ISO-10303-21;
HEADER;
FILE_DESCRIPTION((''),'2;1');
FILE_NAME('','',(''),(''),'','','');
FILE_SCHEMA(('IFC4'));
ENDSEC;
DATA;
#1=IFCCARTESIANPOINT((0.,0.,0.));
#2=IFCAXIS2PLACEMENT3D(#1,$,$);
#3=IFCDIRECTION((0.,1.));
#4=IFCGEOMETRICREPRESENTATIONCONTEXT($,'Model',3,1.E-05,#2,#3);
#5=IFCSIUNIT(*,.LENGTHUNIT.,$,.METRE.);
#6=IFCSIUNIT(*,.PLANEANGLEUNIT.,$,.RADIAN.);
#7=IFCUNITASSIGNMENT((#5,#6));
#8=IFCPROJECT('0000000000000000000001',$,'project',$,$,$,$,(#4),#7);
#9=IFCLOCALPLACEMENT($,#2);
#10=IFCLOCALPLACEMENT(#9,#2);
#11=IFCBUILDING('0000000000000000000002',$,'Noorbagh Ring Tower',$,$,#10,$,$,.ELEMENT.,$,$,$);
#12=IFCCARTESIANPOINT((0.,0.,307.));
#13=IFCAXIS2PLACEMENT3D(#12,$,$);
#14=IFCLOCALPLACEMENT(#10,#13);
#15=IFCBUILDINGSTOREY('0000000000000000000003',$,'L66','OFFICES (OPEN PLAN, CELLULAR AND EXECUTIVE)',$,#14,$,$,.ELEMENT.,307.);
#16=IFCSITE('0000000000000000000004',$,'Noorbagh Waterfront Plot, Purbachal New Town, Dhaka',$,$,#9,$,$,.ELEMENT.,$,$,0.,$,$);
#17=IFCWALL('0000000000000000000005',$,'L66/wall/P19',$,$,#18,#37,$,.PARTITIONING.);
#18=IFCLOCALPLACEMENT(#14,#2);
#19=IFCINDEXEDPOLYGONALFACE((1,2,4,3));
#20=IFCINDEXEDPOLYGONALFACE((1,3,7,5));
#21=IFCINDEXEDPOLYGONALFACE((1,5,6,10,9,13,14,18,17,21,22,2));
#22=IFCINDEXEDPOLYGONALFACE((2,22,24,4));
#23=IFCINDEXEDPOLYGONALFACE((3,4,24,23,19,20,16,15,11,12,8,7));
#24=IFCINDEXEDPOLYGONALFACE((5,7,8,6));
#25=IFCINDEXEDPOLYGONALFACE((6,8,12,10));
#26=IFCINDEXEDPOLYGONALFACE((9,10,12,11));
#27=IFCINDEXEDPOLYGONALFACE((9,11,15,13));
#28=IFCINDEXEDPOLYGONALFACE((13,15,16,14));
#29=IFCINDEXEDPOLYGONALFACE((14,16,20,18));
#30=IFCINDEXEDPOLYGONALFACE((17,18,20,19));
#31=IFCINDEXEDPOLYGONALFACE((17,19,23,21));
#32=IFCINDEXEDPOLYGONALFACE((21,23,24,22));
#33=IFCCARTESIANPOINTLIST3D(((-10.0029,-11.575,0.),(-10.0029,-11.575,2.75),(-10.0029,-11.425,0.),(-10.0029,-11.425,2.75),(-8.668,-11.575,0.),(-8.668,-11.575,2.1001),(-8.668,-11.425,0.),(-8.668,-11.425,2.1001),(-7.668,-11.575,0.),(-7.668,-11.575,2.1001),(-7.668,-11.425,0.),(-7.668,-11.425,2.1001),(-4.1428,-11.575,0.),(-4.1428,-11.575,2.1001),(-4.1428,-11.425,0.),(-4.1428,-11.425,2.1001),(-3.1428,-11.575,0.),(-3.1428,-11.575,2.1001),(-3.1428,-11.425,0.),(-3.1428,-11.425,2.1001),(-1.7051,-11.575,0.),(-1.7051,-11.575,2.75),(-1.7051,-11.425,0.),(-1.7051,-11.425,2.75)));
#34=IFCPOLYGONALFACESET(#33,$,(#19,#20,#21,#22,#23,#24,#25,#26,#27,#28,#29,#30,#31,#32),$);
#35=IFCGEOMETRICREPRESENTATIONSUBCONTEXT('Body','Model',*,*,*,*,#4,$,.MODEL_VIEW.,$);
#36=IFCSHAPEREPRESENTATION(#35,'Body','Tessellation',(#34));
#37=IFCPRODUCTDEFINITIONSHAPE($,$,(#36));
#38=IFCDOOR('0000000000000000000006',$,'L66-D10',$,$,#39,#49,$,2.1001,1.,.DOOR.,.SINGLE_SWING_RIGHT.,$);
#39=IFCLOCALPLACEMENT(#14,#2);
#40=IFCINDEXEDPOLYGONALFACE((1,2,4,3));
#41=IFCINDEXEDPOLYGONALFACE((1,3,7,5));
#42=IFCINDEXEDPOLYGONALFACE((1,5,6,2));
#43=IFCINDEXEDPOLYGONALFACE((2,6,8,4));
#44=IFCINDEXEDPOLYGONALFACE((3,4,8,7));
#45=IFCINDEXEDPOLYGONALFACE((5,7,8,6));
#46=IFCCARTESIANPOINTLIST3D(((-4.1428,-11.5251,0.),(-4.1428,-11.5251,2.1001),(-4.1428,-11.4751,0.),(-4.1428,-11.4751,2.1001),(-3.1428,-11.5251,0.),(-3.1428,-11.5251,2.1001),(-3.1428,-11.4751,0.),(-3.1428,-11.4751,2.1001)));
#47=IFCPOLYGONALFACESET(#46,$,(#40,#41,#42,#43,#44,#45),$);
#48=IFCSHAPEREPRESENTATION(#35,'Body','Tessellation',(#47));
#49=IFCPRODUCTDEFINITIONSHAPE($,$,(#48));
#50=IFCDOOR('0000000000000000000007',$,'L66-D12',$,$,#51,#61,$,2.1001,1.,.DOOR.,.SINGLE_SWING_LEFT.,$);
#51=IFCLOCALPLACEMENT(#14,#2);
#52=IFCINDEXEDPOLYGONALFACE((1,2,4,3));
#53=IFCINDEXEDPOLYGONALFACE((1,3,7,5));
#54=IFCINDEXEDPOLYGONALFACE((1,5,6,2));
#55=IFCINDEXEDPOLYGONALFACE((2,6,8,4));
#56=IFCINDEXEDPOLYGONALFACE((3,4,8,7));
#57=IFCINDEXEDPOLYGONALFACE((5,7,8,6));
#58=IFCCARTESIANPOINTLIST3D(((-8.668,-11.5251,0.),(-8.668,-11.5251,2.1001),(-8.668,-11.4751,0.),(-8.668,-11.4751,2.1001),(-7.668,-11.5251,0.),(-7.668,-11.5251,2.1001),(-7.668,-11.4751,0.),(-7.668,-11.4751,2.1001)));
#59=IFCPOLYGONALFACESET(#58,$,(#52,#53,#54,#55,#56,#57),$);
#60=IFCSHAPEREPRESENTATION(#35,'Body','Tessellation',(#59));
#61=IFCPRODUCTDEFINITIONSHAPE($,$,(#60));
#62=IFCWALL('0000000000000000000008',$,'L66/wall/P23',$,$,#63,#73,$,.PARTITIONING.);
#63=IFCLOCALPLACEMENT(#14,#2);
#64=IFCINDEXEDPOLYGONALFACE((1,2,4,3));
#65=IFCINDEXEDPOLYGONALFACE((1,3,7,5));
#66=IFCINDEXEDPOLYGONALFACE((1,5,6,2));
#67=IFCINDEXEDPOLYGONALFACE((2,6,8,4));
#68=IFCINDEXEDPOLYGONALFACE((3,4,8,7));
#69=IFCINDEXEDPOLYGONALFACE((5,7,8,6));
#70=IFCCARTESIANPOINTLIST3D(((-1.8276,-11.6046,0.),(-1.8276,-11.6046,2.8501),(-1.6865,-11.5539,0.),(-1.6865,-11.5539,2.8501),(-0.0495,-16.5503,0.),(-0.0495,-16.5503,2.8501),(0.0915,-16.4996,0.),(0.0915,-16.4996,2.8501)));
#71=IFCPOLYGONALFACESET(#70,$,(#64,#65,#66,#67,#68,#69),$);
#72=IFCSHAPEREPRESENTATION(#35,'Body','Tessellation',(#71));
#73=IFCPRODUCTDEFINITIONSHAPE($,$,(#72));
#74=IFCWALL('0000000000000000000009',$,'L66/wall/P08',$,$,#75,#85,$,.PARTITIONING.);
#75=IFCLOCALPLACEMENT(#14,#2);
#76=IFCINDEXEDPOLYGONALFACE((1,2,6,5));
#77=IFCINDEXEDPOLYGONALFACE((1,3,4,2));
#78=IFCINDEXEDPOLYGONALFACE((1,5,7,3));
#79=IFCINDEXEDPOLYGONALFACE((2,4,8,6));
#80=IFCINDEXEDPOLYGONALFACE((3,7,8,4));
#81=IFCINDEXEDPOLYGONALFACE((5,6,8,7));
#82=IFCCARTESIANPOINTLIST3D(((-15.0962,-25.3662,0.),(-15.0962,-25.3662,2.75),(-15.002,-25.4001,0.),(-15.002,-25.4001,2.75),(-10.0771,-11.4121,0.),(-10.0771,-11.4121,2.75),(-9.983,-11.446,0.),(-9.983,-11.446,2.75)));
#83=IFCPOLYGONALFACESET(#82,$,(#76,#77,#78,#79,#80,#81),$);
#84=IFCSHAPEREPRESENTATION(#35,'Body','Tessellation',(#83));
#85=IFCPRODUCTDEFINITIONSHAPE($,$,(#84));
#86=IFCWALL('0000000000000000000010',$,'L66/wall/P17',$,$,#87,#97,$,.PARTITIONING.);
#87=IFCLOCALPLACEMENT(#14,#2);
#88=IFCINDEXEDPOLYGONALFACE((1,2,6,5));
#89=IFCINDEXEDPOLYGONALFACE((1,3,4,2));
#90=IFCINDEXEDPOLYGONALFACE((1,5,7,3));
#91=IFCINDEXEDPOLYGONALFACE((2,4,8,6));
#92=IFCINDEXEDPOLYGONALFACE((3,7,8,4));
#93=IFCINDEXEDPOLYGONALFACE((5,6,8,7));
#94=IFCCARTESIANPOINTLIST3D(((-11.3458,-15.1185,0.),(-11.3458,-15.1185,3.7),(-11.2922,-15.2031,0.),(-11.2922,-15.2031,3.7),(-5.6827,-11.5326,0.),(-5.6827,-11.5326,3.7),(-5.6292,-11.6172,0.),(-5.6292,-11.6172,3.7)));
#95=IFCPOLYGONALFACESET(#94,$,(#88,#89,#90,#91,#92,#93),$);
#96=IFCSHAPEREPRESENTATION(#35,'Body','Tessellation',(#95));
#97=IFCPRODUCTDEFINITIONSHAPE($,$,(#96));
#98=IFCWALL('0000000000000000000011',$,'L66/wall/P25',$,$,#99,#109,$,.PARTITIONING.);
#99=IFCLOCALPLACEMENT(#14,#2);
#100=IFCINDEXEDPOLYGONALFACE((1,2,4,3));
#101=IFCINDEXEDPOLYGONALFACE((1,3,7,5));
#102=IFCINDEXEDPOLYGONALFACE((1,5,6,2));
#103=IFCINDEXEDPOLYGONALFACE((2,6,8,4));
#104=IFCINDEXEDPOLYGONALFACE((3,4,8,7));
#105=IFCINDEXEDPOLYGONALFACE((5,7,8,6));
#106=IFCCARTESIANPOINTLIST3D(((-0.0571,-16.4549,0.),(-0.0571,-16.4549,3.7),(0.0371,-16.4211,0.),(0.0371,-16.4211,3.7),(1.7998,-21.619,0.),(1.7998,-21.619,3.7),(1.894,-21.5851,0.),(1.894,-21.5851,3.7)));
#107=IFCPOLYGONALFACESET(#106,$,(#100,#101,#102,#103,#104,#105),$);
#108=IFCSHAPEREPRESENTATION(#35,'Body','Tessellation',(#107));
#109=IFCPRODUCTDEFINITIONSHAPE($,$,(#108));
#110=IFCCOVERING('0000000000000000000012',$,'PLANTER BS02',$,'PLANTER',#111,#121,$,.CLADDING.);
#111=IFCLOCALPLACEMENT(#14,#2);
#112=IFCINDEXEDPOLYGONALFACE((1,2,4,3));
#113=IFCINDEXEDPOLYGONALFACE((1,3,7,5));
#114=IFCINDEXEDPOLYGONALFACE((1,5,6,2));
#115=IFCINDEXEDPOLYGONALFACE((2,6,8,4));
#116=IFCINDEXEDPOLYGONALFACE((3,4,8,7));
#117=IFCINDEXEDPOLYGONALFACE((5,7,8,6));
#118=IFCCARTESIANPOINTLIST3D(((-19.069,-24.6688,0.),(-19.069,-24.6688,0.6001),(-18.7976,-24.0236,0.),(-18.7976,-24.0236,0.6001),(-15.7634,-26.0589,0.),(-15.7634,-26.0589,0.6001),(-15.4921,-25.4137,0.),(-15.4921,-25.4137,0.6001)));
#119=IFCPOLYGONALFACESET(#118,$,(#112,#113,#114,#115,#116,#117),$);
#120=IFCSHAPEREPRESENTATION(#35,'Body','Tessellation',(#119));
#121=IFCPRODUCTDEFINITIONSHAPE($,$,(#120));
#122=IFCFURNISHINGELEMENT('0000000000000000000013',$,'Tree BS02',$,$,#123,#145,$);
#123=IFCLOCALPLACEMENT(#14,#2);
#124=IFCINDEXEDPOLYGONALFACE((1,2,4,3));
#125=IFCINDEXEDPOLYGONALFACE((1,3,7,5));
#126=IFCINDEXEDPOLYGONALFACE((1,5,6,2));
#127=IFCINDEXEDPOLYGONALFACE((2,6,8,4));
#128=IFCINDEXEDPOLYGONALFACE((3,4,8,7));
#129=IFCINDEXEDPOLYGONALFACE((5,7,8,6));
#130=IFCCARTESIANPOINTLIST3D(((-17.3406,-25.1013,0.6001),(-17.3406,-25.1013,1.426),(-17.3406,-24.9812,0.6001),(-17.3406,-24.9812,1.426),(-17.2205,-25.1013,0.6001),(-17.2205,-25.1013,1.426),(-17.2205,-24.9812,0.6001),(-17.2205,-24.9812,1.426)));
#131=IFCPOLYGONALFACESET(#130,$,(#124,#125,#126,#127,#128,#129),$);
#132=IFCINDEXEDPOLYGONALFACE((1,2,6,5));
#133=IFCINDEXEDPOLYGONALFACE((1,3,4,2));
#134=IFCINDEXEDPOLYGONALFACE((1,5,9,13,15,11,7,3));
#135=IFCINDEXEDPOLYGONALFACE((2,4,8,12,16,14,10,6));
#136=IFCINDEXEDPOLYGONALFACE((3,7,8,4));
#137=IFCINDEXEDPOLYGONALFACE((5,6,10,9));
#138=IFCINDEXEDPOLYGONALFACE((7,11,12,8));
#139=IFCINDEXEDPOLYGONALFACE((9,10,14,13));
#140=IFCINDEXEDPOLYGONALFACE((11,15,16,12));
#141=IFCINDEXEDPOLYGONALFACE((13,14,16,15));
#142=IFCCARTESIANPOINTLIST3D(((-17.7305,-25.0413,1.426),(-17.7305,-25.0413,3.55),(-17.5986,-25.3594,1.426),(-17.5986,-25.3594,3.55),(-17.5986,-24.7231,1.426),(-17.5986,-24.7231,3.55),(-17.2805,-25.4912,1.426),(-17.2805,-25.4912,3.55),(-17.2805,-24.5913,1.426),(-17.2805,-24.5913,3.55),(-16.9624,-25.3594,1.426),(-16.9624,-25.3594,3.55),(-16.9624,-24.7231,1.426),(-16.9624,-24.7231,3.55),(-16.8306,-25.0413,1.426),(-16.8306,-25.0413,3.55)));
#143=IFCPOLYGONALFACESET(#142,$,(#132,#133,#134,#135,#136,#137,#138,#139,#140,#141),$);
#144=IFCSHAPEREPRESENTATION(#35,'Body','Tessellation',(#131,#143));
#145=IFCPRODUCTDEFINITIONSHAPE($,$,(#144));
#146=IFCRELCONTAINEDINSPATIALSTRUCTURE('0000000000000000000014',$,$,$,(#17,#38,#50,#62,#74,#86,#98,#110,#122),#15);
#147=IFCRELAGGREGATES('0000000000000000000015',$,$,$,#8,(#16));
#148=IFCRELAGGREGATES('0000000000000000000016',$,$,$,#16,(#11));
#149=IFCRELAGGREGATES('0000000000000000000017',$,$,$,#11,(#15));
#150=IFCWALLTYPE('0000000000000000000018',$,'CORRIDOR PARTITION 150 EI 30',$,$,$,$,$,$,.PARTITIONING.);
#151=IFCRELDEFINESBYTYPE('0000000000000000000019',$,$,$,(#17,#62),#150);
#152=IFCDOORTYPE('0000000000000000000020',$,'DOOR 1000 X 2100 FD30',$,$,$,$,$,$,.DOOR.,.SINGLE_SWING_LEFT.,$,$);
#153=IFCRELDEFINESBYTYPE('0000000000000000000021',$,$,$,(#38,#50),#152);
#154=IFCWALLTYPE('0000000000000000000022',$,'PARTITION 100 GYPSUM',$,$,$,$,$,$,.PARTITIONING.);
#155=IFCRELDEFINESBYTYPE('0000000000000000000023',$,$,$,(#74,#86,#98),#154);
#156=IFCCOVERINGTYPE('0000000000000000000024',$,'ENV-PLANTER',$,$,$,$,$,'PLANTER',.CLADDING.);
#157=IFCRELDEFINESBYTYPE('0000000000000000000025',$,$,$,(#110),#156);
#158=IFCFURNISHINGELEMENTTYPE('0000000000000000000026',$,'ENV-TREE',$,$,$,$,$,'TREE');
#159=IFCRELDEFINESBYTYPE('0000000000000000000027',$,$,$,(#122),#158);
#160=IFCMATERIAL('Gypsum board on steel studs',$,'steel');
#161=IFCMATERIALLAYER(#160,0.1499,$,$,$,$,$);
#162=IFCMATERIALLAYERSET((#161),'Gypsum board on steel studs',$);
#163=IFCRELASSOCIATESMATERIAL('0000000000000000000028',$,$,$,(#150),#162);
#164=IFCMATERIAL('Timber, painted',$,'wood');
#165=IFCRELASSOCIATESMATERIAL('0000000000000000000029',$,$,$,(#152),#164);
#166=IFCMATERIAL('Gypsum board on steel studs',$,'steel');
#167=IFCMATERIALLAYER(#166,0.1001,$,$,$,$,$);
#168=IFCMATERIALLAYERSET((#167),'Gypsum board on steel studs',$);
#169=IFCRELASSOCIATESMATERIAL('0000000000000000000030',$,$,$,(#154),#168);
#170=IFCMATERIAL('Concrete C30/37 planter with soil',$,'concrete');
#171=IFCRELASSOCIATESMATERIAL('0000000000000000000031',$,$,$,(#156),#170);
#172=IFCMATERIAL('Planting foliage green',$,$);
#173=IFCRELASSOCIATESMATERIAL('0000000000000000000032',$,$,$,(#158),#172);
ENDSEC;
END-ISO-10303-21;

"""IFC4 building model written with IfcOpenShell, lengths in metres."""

from ifc_helpers import new_model, si_unit, direction, frame, frame_2d, origin, origin_2d, place, context, subcontext, project, spatial, polyline, rectangle, outline, extrude, material, layer, layer_set, type_object, element, fill, save


model = new_model("IFC4")

# Units and contexts
model_context = context("Model", 3, precision=1e-05, world=origin(), true_north=direction((0.0, 1.0)))
body_context = subcontext(model_context, "Body", "Model", "MODEL_VIEW")
ifc_project = project(units=[si_unit("LENGTHUNIT", "METRE"), si_unit("PLANEANGLEUNIT", "RADIAN")], contexts=[model_context])

# Site, building, storey
site_placement = place(None, origin())
site = spatial("IfcSite", under=ifc_project, at=site_placement, Name="Noorbagh Waterfront Plot, Purbachal New Town, Dhaka", CompositionType="ELEMENT", RefElevation=0.0)
building_placement = place(site_placement, origin())
building = spatial("IfcBuilding", under=site, at=building_placement, Name="Noorbagh Ring Tower", CompositionType="ELEMENT")
storey_placement = place(building_placement, frame((0.0, 0.0, 307.0)))
storey = spatial("IfcBuildingStorey", under=building, at=storey_placement, Name="L66", Description="OFFICES (OPEN PLAN, CELLULAR AND EXECUTIVE)", CompositionType="ELEMENT", Elevation=307.0)

# Wall, openings, doors
ifc_material_1 = material(Name="Gypsum board on steel studs", Category="steel")
ifc_layer_1 = layer(ifc_material_1, 0.1499)
ifc_layer_set_1 = layer_set([ifc_layer_1], Name="Gypsum board on steel studs")
wall_type_1 = type_object("IfcWallType", Name="CORRIDOR PARTITION 150 EI 30", PredefinedType="PARTITIONING", material=ifc_layer_set_1)
wall_1_placement = place(storey_placement, frame((-10.0029, -11.5, 0.0), z_axis=(0.0, 0.0, 1.0), x_axis=(1.0, 0.0, 0.0)))
wall_1 = element("IfcWall", 1, at=wall_1_placement, inside=storey, type_object=wall_type_1, Name="L66/wall/P19", PredefinedType="PARTITIONING", context=body_context, shape_type="SweptSolid", body=[
    extrude(rectangle(XDim=8.2979, YDim=0.1499, at=frame_2d((4.1489, 0.0))), origin(), (0.0, 0.0, 1.0), 2.75),
])
opening_1_placement = place(wall_1_placement, frame((5.8601, 0.0, 0.0)))
opening_1 = element("IfcOpeningElement", 2, at=opening_1_placement, cuts=wall_1, PredefinedType="OPENING", context=body_context, shape_type="SweptSolid", body=[
    extrude(rectangle(XDim=1.0, YDim=2.1001, at=frame_2d((0.5, 1.05))), frame((0.0, 0.085, 0.0), z_axis=(0.0, -1.0, 0.0), x_axis=(1.0, 0.0, 0.0)), (0.0, 0.0, 1.0), 0.1699),
])
opening_2_placement = place(wall_1_placement, frame((1.335, 0.0, 0.0)))
opening_2 = element("IfcOpeningElement", 3, at=opening_2_placement, cuts=wall_1, PredefinedType="OPENING", context=body_context, shape_type="SweptSolid", body=[
    extrude(rectangle(XDim=1.0, YDim=2.1001, at=frame_2d((0.5, 1.05))), frame((0.0, 0.085, 0.0), z_axis=(0.0, -1.0, 0.0), x_axis=(1.0, 0.0, 0.0)), (0.0, 0.0, 1.0), 0.1699),
])
ifc_material_2 = material(Name="Timber, painted", Category="wood")
door_type = type_object("IfcDoorType", Name="DOOR 1000 X 2100 FD30", OperationType="SINGLE_SWING_LEFT", PredefinedType="DOOR", material=ifc_material_2)
door_1_placement = place(opening_1_placement, origin())
door_1 = element("IfcDoor", 4, at=door_1_placement, inside=storey, type_object=door_type, Name="L66-D10", OperationType="SINGLE_SWING_RIGHT", OverallHeight=2.1001, OverallWidth=1.0, PredefinedType="DOOR", context=body_context, shape_type="SweptSolid", body=[
    extrude(rectangle(XDim=1.0, YDim=2.1001, at=frame_2d((0.5, 1.05))), frame((0.0, 0.0249, 0.0), z_axis=(0.0, -1.0, 0.0), x_axis=(1.0, 0.0, 0.0)), (0.0, 0.0, 1.0), 0.05),
])
fill(opening_1, door_1)
door_2_placement = place(opening_2_placement, origin())
door_2 = element("IfcDoor", 5, at=door_2_placement, inside=storey, type_object=door_type, Name="L66-D12", OperationType="SINGLE_SWING_LEFT", OverallHeight=2.1001, OverallWidth=1.0, PredefinedType="DOOR", context=body_context, shape_type="SweptSolid", body=[
    extrude(rectangle(XDim=1.0, YDim=2.1001, at=frame_2d((0.5, 1.05))), frame((0.0, 0.0249, 0.0), z_axis=(0.0, -1.0, 0.0), x_axis=(1.0, 0.0, 0.0)), (0.0, 0.0, 1.0), 0.05),
])
fill(opening_2, door_2)

# Walls
wall_2_placement = place(storey_placement, frame((-1.7571, -11.5791, 0.0), z_axis=(0.0, 0.0, 1.0), x_axis=(0.338313, -0.941034, 0.0)))
element("IfcWall", 6, at=wall_2_placement, inside=storey, type_object=wall_type_1, Name="L66/wall/P23", PredefinedType="PARTITIONING", context=body_context, shape_type="SweptSolid", body=[
    extrude(rectangle(XDim=5.2556, YDim=0.1499, at=frame_2d((2.6279, 0.0))), origin(), (0.0, 0.0, 1.0), 2.8501),
])
ifc_material_3 = material(Name="Gypsum board on steel studs", Category="steel")
ifc_layer_2 = layer(ifc_material_3, 0.1001)
ifc_layer_set_2 = layer_set([ifc_layer_2], Name="Gypsum board on steel studs")
wall_type_2 = type_object("IfcWallType", Name="PARTITION 100 GYPSUM", PredefinedType="PARTITIONING", material=ifc_layer_set_2)
wall_3_placement = place(storey_placement, frame((-15.0491, -25.3831, 0.0), z_axis=(0.0, 0.0, 1.0), x_axis=(0.338455, 0.940983, 0.0)))
element("IfcWall", 7, at=wall_3_placement, inside=storey, type_object=wall_type_2, Name="L66/wall/P08", PredefinedType="PARTITIONING", context=body_context, shape_type="SweptSolid", body=[
    extrude(rectangle(XDim=14.8293, YDim=0.1001, at=frame_2d((7.4146, 0.0))), origin(), (0.0, 0.0, 1.0), 2.75),
])
wall_4_placement = place(storey_placement, frame((-11.3191, -15.1609, 0.0), z_axis=(0.0, 0.0, 1.0), x_axis=(0.844865, 0.534979, 0.0)))
element("IfcWall", 8, at=wall_4_placement, inside=storey, type_object=wall_type_2, Name="L66/wall/P17", PredefinedType="PARTITIONING", context=body_context, shape_type="SweptSolid", body=[
    extrude(rectangle(XDim=6.7029, YDim=0.1001, at=frame_2d((3.3516, 0.0))), origin(), (0.0, 0.0, 1.0), 3.7),
])
wall_5_placement = place(storey_placement, frame((-0.01, -16.438, 0.0), z_axis=(0.0, 0.0, 1.0), x_axis=(0.338376, -0.941011, 0.0)))
element("IfcWall", 9, at=wall_5_placement, inside=storey, type_object=wall_type_2, Name="L66/wall/P25", PredefinedType="PARTITIONING", context=body_context, shape_type="SweptSolid", body=[
    extrude(rectangle(XDim=5.4878, YDim=0.1001, at=frame_2d((2.7439, 0.0))), origin(), (0.0, 0.0, 1.0), 3.7),
])

# Covering
ifc_material_4 = material(Name="Concrete C30/37 planter with soil", Category="concrete")
covering_type = type_object("IfcCoveringType", Name="ENV-PLANTER", ElementType="PLANTER", PredefinedType="CLADDING", material=ifc_material_4)
covering_placement = place(storey_placement, frame((-17.2805, -25.0413, 0.0), z_axis=(0.0, 0.0, 1.0), x_axis=(0.921812, -0.387638, 0.0)))
element("IfcCovering", 10, at=covering_placement, inside=storey, type_object=covering_type, Name="PLANTER BS02", ObjectType="PLANTER", PredefinedType="CLADDING", context=body_context, shape_type="SweptSolid", body=[
    extrude(rectangle(XDim=3.5859, YDim=0.7, at=origin_2d()), origin(), (0.0, 0.0, 1.0), 0.6001),
])

# Furnishing element
ifc_material_5 = material(Name="Planting foliage green")
furnishing_element_type = type_object("IfcFurnishingElementType", Name="ENV-TREE", ElementType="TREE", material=ifc_material_5)
furnishing_placement = place(storey_placement, frame((-17.2805, -25.0413, 0.6001), z_axis=(0.0, 0.0, 1.0), x_axis=(1.0, 0.0, 0.0)))
element("IfcFurnishingElement", 11, at=furnishing_placement, inside=storey, type_object=furnishing_element_type, Name="Tree BS02", context=body_context, shape_type="SweptSolid", body=[
    extrude(rectangle(XDim=0.1201, YDim=0.1201, at=origin_2d()), origin(), (0.0, 0.0, 1.0), 0.8259),
    extrude(outline(polyline([(0.45, 0.0), (0.3181, 0.3181), (0.0, 0.45), (-0.3181, 0.3181), (-0.45, 0.0), (-0.3181, -0.3181), (0.0, -0.45), (0.3181, -0.3181), (0.45, 0.0)])), frame((0.0, 0.0, 0.8259)), (0.0, 0.0, 1.0), 2.124),
])

save(model, "model.ifc")
